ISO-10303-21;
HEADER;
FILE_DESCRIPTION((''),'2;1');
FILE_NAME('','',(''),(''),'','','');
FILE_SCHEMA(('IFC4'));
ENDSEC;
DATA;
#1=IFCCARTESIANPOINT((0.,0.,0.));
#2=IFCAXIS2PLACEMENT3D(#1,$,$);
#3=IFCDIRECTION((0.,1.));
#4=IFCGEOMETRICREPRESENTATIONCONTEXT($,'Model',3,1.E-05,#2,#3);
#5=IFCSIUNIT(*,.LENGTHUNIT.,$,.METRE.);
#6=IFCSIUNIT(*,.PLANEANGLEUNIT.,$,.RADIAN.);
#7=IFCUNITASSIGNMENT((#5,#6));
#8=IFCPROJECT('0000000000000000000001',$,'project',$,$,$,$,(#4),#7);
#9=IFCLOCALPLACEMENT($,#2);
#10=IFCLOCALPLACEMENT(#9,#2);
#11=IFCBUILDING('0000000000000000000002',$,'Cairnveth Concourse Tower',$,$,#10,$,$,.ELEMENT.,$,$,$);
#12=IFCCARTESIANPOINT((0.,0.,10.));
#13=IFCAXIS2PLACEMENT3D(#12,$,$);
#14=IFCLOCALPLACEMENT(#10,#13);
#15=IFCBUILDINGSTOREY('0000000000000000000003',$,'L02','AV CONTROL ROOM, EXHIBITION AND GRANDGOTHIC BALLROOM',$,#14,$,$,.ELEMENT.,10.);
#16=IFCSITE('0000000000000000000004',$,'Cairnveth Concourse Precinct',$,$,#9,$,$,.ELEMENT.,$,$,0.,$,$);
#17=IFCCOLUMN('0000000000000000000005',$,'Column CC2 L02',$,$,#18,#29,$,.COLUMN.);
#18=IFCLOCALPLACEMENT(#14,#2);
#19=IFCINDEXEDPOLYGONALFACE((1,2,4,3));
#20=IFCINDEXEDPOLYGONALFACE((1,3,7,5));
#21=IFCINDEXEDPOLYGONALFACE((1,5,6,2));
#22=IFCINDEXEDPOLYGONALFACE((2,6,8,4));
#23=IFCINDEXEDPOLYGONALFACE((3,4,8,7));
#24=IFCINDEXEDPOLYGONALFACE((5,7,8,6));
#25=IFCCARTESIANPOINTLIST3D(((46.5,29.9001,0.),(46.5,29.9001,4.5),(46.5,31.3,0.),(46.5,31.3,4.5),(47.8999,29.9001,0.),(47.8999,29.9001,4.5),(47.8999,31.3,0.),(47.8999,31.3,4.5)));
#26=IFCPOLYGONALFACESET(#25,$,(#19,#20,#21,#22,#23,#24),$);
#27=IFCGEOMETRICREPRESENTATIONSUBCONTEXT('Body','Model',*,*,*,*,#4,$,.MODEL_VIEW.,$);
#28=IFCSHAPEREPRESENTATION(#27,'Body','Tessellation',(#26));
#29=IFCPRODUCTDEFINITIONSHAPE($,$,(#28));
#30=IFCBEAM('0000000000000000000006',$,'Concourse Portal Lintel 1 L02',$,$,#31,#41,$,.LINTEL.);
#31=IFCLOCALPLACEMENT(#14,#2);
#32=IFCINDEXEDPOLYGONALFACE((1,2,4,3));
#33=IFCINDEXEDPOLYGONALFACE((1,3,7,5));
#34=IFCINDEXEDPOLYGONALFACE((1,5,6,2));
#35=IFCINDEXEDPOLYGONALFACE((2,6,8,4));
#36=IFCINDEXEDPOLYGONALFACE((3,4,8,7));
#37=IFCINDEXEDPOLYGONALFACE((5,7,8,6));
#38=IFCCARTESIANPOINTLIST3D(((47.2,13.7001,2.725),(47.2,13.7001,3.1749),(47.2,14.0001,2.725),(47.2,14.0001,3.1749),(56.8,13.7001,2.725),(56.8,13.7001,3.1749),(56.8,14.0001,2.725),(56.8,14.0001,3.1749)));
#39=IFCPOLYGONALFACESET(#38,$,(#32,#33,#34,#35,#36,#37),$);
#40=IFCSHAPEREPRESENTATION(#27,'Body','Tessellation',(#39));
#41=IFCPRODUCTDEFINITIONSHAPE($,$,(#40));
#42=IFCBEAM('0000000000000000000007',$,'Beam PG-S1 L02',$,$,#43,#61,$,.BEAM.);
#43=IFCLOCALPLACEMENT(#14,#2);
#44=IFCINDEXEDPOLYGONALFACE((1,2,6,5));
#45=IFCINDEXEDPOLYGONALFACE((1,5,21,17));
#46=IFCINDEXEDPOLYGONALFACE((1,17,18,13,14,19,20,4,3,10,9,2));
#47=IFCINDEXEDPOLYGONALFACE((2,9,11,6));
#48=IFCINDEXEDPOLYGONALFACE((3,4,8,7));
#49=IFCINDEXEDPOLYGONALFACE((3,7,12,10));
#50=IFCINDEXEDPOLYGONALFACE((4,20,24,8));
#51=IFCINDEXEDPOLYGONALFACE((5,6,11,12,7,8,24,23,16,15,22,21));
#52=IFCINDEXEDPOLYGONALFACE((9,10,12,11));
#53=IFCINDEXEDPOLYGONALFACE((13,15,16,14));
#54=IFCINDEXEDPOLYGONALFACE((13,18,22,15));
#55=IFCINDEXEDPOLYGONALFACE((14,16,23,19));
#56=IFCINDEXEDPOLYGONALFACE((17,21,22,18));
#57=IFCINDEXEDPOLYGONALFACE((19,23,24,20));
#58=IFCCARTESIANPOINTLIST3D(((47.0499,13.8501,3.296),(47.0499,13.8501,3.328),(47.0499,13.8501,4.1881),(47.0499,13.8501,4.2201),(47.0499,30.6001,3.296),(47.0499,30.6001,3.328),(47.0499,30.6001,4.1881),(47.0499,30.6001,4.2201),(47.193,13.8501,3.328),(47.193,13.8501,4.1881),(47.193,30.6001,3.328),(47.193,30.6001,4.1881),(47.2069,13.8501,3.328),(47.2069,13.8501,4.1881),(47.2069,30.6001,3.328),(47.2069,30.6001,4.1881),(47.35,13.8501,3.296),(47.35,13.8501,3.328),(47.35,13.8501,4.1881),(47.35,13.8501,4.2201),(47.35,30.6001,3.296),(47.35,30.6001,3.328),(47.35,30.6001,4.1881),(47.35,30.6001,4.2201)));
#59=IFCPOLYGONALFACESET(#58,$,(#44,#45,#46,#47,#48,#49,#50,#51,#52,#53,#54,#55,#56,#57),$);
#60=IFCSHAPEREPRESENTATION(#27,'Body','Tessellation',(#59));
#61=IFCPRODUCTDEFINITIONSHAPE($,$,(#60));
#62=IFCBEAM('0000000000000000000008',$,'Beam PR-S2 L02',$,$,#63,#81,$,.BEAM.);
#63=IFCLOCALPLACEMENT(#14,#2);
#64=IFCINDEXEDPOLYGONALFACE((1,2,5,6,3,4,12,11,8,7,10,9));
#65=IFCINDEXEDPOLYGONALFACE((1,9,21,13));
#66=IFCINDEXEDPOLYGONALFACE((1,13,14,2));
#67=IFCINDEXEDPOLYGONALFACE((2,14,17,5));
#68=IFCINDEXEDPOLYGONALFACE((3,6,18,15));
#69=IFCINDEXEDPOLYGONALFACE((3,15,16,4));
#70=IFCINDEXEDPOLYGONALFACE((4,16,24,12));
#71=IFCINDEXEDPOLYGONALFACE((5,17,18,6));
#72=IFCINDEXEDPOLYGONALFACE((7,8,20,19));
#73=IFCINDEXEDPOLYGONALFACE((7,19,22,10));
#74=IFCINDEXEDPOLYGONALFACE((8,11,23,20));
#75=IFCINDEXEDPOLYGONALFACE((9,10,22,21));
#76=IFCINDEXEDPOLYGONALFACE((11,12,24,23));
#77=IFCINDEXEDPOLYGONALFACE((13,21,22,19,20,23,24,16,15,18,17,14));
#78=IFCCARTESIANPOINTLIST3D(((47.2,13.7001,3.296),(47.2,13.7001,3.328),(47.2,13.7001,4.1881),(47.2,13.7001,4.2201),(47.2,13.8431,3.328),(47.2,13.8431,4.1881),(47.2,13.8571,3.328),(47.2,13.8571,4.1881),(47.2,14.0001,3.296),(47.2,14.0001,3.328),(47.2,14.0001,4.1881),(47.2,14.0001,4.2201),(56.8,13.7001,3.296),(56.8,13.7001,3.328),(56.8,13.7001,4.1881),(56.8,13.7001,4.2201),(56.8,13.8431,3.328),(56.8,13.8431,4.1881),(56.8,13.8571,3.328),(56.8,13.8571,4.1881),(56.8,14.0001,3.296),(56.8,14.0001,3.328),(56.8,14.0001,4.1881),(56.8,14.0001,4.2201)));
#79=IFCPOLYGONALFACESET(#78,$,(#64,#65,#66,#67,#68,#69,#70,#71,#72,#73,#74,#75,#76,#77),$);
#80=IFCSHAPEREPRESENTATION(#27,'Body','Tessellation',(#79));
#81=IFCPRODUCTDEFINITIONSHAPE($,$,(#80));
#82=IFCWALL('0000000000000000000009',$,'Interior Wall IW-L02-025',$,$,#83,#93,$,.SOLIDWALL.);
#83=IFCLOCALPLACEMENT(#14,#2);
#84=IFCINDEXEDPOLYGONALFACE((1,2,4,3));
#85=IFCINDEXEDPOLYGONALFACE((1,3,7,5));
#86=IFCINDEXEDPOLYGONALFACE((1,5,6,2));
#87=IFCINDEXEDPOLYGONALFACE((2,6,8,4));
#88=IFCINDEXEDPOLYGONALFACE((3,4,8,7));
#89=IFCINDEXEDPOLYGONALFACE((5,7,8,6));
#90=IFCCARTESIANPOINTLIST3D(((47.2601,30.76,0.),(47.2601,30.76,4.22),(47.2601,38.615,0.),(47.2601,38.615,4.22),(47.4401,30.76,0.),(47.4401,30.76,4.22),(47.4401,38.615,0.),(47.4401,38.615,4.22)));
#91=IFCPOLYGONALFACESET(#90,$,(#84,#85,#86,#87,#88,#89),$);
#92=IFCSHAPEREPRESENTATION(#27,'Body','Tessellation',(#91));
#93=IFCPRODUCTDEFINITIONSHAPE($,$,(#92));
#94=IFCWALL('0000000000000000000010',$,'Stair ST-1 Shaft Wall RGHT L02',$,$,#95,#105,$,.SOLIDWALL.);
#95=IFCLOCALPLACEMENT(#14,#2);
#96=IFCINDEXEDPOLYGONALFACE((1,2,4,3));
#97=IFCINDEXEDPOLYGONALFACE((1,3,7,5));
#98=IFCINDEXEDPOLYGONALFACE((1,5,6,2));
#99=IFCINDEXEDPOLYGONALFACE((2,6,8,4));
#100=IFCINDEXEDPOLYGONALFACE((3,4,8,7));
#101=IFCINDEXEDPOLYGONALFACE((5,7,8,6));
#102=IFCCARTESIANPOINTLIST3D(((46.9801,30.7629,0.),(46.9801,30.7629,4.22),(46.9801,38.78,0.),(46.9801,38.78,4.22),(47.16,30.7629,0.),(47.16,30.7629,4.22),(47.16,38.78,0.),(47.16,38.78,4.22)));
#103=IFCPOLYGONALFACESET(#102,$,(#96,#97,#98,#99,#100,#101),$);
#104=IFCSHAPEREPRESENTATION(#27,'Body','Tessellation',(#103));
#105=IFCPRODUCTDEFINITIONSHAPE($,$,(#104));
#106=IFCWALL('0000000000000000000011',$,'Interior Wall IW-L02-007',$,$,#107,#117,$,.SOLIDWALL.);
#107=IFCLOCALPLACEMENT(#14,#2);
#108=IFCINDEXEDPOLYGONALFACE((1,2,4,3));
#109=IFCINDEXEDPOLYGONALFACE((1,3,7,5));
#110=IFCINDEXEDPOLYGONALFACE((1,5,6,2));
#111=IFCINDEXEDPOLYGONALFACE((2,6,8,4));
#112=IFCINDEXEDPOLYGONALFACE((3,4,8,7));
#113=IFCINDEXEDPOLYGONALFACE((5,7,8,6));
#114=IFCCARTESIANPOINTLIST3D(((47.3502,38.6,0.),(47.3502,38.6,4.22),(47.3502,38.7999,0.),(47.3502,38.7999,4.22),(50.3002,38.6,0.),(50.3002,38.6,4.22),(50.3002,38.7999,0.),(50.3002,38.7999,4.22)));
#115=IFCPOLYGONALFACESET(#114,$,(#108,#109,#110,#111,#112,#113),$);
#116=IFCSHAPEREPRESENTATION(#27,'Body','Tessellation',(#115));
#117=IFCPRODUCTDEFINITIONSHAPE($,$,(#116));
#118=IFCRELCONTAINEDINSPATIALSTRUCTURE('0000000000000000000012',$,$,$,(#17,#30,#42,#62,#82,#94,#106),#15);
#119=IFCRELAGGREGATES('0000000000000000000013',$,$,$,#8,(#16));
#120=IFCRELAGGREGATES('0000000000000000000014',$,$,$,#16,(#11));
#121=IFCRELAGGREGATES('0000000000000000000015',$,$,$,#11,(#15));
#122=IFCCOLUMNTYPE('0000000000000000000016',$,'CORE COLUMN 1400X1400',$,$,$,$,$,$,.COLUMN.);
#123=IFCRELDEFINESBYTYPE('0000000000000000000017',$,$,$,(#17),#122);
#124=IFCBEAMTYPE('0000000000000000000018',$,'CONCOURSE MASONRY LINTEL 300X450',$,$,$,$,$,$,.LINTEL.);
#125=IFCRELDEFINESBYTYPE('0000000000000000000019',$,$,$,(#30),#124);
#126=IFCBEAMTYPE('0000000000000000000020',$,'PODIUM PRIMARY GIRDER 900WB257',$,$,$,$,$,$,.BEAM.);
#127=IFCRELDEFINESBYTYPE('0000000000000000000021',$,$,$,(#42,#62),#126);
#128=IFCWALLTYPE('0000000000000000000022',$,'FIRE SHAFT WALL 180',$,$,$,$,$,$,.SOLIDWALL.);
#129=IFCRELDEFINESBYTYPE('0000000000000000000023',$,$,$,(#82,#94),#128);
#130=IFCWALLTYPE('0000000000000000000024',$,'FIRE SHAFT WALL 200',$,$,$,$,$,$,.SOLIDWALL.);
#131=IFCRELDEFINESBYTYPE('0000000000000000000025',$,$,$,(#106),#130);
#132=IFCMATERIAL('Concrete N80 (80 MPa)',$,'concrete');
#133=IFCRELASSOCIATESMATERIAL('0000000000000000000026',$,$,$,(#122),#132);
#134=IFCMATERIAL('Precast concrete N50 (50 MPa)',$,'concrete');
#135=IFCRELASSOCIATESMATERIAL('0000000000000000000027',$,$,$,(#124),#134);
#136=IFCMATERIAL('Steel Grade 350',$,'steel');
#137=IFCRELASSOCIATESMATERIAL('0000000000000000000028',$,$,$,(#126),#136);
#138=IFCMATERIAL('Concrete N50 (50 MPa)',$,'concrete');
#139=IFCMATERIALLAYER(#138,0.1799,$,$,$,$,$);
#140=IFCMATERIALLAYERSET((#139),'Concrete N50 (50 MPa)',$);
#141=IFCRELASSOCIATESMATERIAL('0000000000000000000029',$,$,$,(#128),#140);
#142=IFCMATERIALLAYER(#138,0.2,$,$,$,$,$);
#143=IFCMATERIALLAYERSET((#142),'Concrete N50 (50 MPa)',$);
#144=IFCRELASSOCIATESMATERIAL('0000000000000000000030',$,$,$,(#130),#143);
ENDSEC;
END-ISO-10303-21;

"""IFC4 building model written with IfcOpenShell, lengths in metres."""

from ifc_helpers import new_model, si_unit, direction, frame, frame_2d, origin, origin_2d, place, context, subcontext, project, spatial, rectangle, i_section, extrude, material, layer, layer_set, material_profile, profile_set, type_object, element, save


model = new_model("IFC4")

# Units and contexts
model_context = context("Model", 3, precision=1e-05, world=origin(), true_north=direction((0.0, 1.0)))
body_context = subcontext(model_context, "Body", "Model", "MODEL_VIEW")
ifc_project = project(units=[si_unit("LENGTHUNIT", "METRE"), si_unit("PLANEANGLEUNIT", "RADIAN")], contexts=[model_context])

# Site, building, storey
site_placement = place(None, origin())
site = spatial("IfcSite", under=ifc_project, at=site_placement, Name="Cairnveth Concourse Precinct", CompositionType="ELEMENT", RefElevation=0.0)
building_placement = place(site_placement, origin())
building = spatial("IfcBuilding", under=site, at=building_placement, Name="Cairnveth Concourse Tower", CompositionType="ELEMENT")
storey_placement = place(building_placement, frame((0.0, 0.0, 10.0)))
storey = spatial("IfcBuildingStorey", under=building, at=storey_placement, Name="L02", Description="AV CONTROL ROOM, EXHIBITION AND GRANDGOTHIC BALLROOM", CompositionType="ELEMENT", Elevation=10.0)

# Column
ifc_material_1 = material(Name="Concrete N80 (80 MPa)", Category="concrete")
ifc_material_profile_1 = material_profile(ifc_material_1, rectangle(XDim=1.3999, YDim=1.3999, at=origin_2d()), Name="RC-COL-1400x1400")
ifc_profile_set_1 = profile_set([ifc_material_profile_1], Name="Concrete N80 (80 MPa)")
column_type = type_object("IfcColumnType", Name="CORE COLUMN 1400X1400", PredefinedType="COLUMN", material=ifc_profile_set_1)
column_placement = place(storey_placement, frame((47.2, 30.6001, 0.0), z_axis=(0.0, 0.0, 1.0), x_axis=(1.0, 0.0, 0.0)))
element("IfcColumn", 1, at=column_placement, inside=storey, type_object=column_type, Name="Column CC2 L02", PredefinedType="COLUMN", context=body_context, shape_type="SweptSolid", body=[
    extrude(rectangle(XDim=1.3999, YDim=1.3999, at=origin_2d()), origin(), (0.0, 0.0, 1.0), 4.5),
])

# Beams
ifc_material_2 = material(Name="Precast concrete N50 (50 MPa)", Category="concrete")
ifc_material_profile_2 = material_profile(ifc_material_2, rectangle(XDim=0.3, YDim=0.45, at=origin_2d()), Name="RC-LNT-300x450")
ifc_profile_set_2 = profile_set([ifc_material_profile_2], Name="Precast concrete N50 (50 MPa)")
beam_type_1 = type_object("IfcBeamType", Name="CONCOURSE MASONRY LINTEL 300X450", PredefinedType="LINTEL", material=ifc_profile_set_2)
beam_1_placement = place(storey_placement, frame((47.2, 13.8501, 2.95), z_axis=(1.0, 0.0, 0.0), x_axis=(0.0, 1.0, 0.0)))
element("IfcBeam", 2, at=beam_1_placement, inside=storey, type_object=beam_type_1, Name="Concourse Portal Lintel 1 L02", PredefinedType="LINTEL", context=body_context, shape_type="SweptSolid", body=[
    extrude(rectangle(XDim=0.3, YDim=0.45, at=origin_2d()), origin(), (0.0, 0.0, 1.0), 9.6001),
])
ifc_material_3 = material(Name="Steel Grade 350", Category="steel")
ifc_material_profile_3 = material_profile(ifc_material_3, i_section(OverallWidth=0.3, OverallDepth=0.9241, WebThickness=0.0139, FlangeThickness=0.032, at=origin_2d()), Name="900WB257")
ifc_profile_set_3 = profile_set([ifc_material_profile_3], Name="Steel Grade 350")
beam_type_2 = type_object("IfcBeamType", Name="PODIUM PRIMARY GIRDER 900WB257", PredefinedType="BEAM", material=ifc_profile_set_3)
beam_2_placement = place(storey_placement, frame((47.2, 13.8501, 3.7581), z_axis=(0.0, 1.0, 0.0), x_axis=(-1.0, 0.0, 0.0)))
element("IfcBeam", 3, at=beam_2_placement, inside=storey, type_object=beam_type_2, Name="Beam PG-S1 L02", PredefinedType="BEAM", context=body_context, shape_type="SweptSolid", body=[
    extrude(i_section(OverallWidth=0.3, OverallDepth=0.9241, WebThickness=0.0139, FlangeThickness=0.032, at=origin_2d()), origin(), (0.0, 0.0, 1.0), 16.75),
])
beam_3_placement = place(storey_placement, frame((47.2, 13.8501, 3.7581), z_axis=(1.0, 0.0, 0.0), x_axis=(0.0, 1.0, 0.0)))
element("IfcBeam", 4, at=beam_3_placement, inside=storey, type_object=beam_type_2, Name="Beam PR-S2 L02", PredefinedType="BEAM", context=body_context, shape_type="SweptSolid", body=[
    extrude(i_section(OverallWidth=0.3, OverallDepth=0.9241, WebThickness=0.0139, FlangeThickness=0.032, at=origin_2d()), origin(), (0.0, 0.0, 1.0), 9.6001),
])

# Walls
ifc_material_4 = material(Name="Concrete N50 (50 MPa)", Category="concrete")
ifc_layer_1 = layer(ifc_material_4, 0.1799)
ifc_layer_set_1 = layer_set([ifc_layer_1], Name="Concrete N50 (50 MPa)")
wall_type_1 = type_object("IfcWallType", Name="FIRE SHAFT WALL 180", PredefinedType="SOLIDWALL", material=ifc_layer_set_1)
wall_1_placement = place(storey_placement, frame((47.3501, 30.76, 0.0), z_axis=(0.0, 0.0, 1.0), x_axis=(0.0, 1.0, 0.0)))
element("IfcWall", 5, at=wall_1_placement, inside=storey, type_object=wall_type_1, Name="Interior Wall IW-L02-025", PredefinedType="SOLIDWALL", context=body_context, shape_type="SweptSolid", body=[
    extrude(rectangle(XDim=7.855, YDim=0.1799, at=frame_2d((3.9275, 0.0))), origin(), (0.0, 0.0, 1.0), 4.22),
])
wall_2_placement = place(storey_placement, frame((47.0701, 38.78, 0.0), z_axis=(0.0, 0.0, 1.0), x_axis=(0.0, -1.0, 0.0)))
element("IfcWall", 6, at=wall_2_placement, inside=storey, type_object=wall_type_1, Name="Stair ST-1 Shaft Wall RGHT L02", PredefinedType="SOLIDWALL", context=body_context, shape_type="SweptSolid", body=[
    extrude(rectangle(XDim=8.0171, YDim=0.1799, at=frame_2d((4.0085, 0.0))), origin(), (0.0, 0.0, 1.0), 4.22),
])
ifc_layer_2 = layer(ifc_material_4, 0.2)
ifc_layer_set_2 = layer_set([ifc_layer_2], Name="Concrete N50 (50 MPa)")
wall_type_2 = type_object("IfcWallType", Name="FIRE SHAFT WALL 200", PredefinedType="SOLIDWALL", material=ifc_layer_set_2)
wall_3_placement = place(storey_placement, frame((47.3501, 38.7, 0.0), z_axis=(0.0, 0.0, 1.0), x_axis=(1.0, 0.0, 0.0)))
element("IfcWall", 7, at=wall_3_placement, inside=storey, type_object=wall_type_2, Name="Interior Wall IW-L02-007", PredefinedType="SOLIDWALL", context=body_context, shape_type="SweptSolid", body=[
    extrude(rectangle(XDim=2.95, YDim=0.2, at=frame_2d((1.4751, 0.0))), origin(), (0.0, 0.0, 1.0), 4.22),
])

save(model, "model.ifc")
